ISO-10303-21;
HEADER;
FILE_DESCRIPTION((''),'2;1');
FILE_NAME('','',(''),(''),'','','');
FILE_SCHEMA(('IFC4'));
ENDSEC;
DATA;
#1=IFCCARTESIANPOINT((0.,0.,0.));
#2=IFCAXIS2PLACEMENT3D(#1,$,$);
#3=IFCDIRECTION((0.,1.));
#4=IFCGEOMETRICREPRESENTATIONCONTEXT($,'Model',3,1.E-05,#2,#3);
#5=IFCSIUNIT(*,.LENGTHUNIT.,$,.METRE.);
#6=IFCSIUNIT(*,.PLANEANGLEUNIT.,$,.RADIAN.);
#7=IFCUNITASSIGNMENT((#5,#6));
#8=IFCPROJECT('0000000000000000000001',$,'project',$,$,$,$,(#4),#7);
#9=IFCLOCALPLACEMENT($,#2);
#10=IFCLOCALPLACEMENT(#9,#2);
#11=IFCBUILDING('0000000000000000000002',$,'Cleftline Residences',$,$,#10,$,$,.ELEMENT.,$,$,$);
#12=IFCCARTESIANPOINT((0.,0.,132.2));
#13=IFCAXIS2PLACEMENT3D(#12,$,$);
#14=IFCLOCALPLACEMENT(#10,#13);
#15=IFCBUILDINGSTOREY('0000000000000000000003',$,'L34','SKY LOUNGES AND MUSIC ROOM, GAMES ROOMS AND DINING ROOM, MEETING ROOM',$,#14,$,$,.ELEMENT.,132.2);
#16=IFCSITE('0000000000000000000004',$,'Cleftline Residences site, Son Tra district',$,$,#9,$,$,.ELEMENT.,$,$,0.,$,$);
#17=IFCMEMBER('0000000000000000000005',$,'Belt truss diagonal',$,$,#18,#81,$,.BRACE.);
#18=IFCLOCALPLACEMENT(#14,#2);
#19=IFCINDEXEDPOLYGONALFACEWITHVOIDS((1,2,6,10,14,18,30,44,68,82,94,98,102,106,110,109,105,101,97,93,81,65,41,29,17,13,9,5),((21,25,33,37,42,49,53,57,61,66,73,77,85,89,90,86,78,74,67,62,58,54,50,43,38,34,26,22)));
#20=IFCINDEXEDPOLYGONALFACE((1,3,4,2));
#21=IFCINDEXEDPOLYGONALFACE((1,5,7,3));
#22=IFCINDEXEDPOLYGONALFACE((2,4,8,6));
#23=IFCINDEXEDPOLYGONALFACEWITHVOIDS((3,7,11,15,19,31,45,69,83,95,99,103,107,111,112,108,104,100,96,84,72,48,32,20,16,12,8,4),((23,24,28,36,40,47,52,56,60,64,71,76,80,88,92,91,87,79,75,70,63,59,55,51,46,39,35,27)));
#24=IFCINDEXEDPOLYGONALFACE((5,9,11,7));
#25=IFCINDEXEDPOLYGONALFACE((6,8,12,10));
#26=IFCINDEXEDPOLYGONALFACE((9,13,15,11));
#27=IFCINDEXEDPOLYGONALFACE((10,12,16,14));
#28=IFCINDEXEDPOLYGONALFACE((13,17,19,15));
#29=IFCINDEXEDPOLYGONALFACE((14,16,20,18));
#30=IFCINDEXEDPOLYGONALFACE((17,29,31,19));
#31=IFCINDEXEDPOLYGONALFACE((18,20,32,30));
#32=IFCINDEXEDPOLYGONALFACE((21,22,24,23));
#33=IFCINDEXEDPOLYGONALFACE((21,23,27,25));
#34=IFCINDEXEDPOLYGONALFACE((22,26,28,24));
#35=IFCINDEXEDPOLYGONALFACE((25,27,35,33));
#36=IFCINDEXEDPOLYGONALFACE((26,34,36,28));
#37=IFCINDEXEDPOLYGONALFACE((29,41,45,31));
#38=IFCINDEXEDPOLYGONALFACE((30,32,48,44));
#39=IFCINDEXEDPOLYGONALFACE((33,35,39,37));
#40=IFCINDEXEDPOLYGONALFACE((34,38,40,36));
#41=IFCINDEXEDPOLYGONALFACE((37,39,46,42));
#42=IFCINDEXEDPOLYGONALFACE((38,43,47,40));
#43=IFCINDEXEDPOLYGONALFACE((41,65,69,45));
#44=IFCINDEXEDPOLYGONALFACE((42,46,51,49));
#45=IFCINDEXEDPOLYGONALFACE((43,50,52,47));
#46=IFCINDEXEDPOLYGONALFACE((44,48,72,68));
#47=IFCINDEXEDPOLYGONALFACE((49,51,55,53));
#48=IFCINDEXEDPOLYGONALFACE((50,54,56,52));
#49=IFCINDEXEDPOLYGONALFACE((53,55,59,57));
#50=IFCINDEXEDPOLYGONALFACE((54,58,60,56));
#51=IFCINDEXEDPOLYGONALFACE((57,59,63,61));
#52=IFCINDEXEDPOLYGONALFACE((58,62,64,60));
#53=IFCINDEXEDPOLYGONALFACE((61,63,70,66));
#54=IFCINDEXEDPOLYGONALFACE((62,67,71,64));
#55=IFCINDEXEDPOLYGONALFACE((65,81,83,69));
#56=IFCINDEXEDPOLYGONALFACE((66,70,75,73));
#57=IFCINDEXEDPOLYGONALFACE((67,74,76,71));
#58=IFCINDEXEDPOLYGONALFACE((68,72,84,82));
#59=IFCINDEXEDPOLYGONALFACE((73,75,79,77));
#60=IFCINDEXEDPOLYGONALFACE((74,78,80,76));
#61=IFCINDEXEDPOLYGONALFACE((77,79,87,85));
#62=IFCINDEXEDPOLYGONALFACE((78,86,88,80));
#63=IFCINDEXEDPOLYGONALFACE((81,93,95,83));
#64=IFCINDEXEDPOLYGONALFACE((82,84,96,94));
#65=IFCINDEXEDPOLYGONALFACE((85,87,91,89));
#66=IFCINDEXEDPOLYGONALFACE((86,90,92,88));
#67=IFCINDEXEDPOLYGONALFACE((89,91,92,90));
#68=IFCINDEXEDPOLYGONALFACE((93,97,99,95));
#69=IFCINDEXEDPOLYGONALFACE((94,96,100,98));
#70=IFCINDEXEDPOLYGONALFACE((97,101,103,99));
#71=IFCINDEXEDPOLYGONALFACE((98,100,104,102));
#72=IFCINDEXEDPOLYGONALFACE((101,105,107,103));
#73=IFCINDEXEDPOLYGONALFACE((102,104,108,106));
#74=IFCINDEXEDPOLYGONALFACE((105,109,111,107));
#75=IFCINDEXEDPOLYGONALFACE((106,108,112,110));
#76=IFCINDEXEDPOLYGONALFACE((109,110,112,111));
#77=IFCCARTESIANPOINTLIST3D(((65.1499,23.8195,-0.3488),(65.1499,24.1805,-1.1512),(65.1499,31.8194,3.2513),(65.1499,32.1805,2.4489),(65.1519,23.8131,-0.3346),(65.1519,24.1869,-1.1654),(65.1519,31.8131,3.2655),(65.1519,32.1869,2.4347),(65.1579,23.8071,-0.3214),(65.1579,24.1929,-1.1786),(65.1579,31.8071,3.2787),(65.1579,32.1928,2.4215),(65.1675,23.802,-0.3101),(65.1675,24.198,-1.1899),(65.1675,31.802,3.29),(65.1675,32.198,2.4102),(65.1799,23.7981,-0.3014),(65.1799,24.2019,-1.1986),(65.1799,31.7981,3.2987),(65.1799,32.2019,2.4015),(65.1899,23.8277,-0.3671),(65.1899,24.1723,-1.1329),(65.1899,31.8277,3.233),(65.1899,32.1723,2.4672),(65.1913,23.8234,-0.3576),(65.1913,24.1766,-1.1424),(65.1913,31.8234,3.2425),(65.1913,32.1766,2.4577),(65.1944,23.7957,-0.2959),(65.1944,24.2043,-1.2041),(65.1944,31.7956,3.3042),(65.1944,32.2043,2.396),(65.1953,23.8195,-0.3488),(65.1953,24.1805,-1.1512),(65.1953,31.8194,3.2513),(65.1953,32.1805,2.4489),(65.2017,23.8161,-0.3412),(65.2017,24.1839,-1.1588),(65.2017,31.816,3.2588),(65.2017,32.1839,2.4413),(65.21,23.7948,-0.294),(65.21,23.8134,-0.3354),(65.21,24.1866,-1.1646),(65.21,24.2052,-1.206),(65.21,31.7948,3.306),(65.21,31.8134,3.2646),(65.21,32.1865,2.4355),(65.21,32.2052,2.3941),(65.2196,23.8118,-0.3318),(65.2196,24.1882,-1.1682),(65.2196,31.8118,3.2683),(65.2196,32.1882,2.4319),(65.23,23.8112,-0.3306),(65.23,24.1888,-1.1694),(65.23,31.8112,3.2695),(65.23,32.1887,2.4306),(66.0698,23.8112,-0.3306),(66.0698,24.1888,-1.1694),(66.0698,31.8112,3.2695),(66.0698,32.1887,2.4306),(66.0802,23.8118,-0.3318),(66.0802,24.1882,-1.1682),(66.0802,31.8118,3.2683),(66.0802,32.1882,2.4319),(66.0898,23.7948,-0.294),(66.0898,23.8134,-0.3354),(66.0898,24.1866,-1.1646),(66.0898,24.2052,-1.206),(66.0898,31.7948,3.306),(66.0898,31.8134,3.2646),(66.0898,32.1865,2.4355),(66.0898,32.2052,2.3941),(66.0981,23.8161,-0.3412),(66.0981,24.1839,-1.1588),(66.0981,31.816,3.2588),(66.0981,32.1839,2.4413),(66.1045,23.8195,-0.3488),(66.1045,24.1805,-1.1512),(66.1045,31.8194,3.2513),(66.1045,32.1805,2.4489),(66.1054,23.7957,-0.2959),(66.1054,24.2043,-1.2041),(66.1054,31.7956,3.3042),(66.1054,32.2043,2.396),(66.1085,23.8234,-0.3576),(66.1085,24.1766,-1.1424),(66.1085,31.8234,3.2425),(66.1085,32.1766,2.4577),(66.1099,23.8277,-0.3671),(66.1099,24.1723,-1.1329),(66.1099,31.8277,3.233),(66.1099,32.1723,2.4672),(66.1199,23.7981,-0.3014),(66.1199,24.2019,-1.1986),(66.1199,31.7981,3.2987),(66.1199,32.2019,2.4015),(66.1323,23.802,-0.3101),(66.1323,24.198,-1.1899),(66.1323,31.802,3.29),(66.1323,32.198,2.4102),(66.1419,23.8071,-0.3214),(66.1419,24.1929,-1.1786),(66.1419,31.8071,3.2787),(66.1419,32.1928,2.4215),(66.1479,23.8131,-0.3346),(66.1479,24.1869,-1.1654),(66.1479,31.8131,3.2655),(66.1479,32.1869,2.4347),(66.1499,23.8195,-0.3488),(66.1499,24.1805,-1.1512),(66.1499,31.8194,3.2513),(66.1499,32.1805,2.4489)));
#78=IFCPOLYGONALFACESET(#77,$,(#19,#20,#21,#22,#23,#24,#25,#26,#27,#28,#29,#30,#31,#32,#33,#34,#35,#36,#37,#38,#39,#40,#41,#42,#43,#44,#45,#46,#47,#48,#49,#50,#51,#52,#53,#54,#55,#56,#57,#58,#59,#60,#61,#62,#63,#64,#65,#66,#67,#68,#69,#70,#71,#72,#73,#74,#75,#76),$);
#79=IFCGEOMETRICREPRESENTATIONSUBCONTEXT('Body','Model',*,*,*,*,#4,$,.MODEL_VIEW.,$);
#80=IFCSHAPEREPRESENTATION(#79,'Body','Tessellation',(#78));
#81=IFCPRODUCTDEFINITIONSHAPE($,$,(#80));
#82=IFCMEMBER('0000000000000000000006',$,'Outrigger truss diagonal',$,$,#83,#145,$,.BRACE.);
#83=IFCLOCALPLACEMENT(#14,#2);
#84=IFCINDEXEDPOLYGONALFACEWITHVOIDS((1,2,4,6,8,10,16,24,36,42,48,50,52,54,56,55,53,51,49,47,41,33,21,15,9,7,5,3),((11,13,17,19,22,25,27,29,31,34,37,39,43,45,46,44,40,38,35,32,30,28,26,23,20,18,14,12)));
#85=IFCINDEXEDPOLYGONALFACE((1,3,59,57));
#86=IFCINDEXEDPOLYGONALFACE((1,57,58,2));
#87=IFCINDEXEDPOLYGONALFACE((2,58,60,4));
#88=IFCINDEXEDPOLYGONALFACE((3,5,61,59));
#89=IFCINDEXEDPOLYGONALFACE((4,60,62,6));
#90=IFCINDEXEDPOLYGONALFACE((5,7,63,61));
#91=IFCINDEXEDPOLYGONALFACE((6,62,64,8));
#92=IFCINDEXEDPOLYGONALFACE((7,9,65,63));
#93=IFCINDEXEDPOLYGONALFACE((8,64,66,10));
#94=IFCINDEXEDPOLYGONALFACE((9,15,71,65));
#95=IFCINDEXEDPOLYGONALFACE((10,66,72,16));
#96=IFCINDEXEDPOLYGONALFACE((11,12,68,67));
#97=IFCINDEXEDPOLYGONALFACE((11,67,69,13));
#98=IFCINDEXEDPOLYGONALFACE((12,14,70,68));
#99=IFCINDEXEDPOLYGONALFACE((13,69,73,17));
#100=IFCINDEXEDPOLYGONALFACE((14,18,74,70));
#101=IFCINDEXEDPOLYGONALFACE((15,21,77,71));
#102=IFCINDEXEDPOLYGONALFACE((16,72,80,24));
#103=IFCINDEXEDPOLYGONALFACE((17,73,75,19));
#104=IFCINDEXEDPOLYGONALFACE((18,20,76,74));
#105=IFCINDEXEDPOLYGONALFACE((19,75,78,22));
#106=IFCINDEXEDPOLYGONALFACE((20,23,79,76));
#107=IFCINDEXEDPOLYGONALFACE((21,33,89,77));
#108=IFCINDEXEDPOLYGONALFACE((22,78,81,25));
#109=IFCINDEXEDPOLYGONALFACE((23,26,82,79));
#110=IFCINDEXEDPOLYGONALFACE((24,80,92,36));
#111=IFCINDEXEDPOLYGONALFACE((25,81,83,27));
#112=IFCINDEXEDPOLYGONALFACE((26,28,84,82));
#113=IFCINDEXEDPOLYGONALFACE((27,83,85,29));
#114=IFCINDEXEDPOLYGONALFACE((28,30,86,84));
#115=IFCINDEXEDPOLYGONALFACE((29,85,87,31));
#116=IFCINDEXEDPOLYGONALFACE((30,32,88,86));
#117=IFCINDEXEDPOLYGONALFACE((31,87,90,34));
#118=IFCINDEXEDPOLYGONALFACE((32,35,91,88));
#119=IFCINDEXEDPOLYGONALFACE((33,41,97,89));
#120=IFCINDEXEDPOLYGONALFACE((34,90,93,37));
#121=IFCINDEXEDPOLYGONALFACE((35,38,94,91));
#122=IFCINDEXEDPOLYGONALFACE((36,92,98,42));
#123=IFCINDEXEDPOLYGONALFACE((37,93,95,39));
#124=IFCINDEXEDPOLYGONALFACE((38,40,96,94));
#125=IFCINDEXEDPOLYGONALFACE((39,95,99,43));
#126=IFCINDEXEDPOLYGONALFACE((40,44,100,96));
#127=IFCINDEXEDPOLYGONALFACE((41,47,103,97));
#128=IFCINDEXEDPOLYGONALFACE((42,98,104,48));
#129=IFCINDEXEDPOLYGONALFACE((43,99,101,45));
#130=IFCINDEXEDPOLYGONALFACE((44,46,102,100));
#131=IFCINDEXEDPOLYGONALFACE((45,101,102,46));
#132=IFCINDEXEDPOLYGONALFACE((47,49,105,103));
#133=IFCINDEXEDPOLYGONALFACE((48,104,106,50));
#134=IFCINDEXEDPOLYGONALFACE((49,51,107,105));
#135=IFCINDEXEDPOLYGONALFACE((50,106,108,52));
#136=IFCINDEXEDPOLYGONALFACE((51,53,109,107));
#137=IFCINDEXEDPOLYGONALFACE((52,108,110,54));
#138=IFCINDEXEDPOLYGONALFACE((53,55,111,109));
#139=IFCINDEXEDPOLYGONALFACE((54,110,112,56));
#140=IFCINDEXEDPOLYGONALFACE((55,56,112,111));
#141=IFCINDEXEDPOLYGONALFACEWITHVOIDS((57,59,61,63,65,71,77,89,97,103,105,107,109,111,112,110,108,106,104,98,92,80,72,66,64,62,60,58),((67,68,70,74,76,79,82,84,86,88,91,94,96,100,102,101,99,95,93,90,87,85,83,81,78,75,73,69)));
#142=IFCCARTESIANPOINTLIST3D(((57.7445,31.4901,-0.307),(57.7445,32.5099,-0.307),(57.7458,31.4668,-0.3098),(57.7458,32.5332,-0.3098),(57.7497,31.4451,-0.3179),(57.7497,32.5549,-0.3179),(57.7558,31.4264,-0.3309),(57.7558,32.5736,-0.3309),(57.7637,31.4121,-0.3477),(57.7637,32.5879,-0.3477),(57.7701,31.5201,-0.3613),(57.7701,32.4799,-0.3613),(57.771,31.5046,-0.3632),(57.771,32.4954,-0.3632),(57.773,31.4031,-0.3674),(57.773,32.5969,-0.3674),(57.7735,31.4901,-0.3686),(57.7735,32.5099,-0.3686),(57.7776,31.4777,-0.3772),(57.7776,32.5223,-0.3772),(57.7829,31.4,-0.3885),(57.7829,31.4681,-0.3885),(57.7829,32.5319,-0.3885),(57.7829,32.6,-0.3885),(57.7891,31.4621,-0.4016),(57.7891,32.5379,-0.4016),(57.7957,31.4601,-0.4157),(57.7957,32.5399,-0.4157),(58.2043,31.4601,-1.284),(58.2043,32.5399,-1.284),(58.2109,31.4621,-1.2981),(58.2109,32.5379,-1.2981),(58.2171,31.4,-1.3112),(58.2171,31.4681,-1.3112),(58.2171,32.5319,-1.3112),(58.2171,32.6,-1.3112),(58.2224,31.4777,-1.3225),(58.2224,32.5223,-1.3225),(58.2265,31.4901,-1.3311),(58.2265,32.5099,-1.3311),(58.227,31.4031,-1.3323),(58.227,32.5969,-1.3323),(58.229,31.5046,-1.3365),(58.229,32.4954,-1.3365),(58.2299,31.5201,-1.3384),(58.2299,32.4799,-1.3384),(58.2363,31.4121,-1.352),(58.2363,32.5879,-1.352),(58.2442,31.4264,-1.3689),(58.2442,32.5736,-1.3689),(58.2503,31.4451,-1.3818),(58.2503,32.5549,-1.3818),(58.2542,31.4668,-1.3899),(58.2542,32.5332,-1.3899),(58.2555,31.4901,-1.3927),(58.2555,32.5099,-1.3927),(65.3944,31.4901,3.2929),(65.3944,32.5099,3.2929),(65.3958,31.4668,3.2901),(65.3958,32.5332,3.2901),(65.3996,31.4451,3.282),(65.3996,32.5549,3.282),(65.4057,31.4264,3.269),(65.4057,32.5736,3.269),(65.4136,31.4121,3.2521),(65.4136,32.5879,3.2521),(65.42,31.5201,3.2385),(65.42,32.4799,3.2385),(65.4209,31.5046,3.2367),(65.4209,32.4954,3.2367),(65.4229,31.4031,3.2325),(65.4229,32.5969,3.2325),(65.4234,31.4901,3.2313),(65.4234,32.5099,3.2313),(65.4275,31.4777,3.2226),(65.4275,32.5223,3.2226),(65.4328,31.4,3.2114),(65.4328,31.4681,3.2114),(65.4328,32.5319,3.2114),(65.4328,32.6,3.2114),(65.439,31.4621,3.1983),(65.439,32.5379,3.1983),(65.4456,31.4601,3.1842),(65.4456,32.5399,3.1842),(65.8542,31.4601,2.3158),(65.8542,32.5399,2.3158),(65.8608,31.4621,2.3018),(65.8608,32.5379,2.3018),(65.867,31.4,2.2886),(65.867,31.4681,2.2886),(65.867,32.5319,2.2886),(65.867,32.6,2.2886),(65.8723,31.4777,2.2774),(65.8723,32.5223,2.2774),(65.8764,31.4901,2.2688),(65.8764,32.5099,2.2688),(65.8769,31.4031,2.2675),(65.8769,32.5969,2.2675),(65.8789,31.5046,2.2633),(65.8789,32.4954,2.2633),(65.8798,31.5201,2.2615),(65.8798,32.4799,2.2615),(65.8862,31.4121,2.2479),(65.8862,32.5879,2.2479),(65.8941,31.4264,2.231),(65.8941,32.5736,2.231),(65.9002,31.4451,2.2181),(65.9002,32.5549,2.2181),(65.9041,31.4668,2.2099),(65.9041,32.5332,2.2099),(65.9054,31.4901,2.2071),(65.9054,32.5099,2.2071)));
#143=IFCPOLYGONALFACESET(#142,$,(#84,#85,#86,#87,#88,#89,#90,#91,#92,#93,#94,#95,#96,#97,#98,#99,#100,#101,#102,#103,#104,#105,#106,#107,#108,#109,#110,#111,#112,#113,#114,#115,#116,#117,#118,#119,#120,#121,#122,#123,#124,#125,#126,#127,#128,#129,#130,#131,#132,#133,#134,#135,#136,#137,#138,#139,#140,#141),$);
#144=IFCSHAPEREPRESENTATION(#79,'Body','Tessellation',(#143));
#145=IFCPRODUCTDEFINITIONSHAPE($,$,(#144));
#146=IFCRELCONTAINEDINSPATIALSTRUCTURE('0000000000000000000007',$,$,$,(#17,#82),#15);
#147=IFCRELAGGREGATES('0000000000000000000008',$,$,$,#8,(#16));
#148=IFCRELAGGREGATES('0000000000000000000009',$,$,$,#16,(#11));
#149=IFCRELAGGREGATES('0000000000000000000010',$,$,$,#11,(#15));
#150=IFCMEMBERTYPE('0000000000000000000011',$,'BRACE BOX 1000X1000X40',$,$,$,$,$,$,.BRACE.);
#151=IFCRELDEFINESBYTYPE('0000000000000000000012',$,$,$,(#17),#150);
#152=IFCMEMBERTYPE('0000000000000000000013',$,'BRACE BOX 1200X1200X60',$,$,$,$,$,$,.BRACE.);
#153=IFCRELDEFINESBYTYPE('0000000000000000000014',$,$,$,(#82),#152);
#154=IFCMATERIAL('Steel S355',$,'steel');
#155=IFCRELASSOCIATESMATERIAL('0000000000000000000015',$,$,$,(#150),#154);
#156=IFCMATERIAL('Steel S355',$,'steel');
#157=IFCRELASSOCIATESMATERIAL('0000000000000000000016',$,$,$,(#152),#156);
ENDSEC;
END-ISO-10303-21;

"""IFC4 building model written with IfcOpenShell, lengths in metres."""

from ifc_helpers import new_model, si_unit, direction, frame, origin, origin_2d, place, context, subcontext, project, spatial, hollow_rectangle, extrude, material, material_profile, profile_set, type_object, element, save


model = new_model("IFC4")

# Units and contexts
model_context = context("Model", 3, precision=1e-05, world=origin(), true_north=direction((0.0, 1.0)))
body_context = subcontext(model_context, "Body", "Model", "MODEL_VIEW")
ifc_project = project(units=[si_unit("LENGTHUNIT", "METRE"), si_unit("PLANEANGLEUNIT", "RADIAN")], contexts=[model_context])

# Site, building, storey
site_placement = place(None, origin())
site = spatial("IfcSite", under=ifc_project, at=site_placement, Name="Cleftline Residences site, Son Tra district", CompositionType="ELEMENT", RefElevation=0.0)
building_placement = place(site_placement, origin())
building = spatial("IfcBuilding", under=site, at=building_placement, Name="Cleftline Residences", CompositionType="ELEMENT")
storey_placement = place(building_placement, frame((0.0, 0.0, 132.2)))
storey = spatial("IfcBuildingStorey", under=building, at=storey_placement, Name="L34", Description="SKY LOUNGES AND MUSIC ROOM, GAMES ROOMS AND DINING ROOM, MEETING ROOM", CompositionType="ELEMENT", Elevation=132.2)

# Members
ifc_material_1 = material(Name="Steel S355", Category="steel")
ifc_material_profile_1 = material_profile(ifc_material_1, hollow_rectangle(XDim=1.0, YDim=1.0, WallThickness=0.04, InnerFilletRadius=0.04, OuterFilletRadius=0.0601, at=origin_2d()))
ifc_profile_set_1 = profile_set([ifc_material_profile_1], Name="Steel S355")
member_type_1 = type_object("IfcMemberType", Name="BRACE BOX 1000X1000X40", PredefinedType="BRACE", material=ifc_profile_set_1)
for number, where, z_axis, x_axis, name in (
    (1, (65.6499, 24.0, -0.75), (0.0, 0.911917, 0.410374), (0.0, -0.410374, 0.911917), "Belt truss diagonal"),
):
    element("IfcMember", number, at=place(storey_placement, frame(where, z_axis=z_axis, x_axis=x_axis)), inside=storey, type_object=member_type_1, Name=name, PredefinedType="BRACE", context=body_context, shape_type="SweptSolid", body=[
        extrude(hollow_rectangle(XDim=1.0, YDim=1.0, WallThickness=0.04, InnerFilletRadius=0.04, OuterFilletRadius=0.0601, at=origin_2d()), origin(), (0.0, 0.0, 1.0), 8.7727),
    ])
ifc_material_2 = material(Name="Steel S355", Category="steel")
ifc_material_profile_2 = material_profile(ifc_material_2, hollow_rectangle(XDim=1.2, YDim=1.2, WallThickness=0.0601, InnerFilletRadius=0.0601, OuterFilletRadius=0.0901, at=origin_2d()))
ifc_profile_set_2 = profile_set([ifc_material_profile_2], Name="Steel S355")
member_type_2 = type_object("IfcMemberType", Name="BRACE BOX 1200X1200X60", PredefinedType="BRACE", material=ifc_profile_set_2)
member_1_placement = place(storey_placement, frame((58.0, 32.0, -0.8499), z_axis=(0.904823, 0.0, 0.425787), x_axis=(-0.425787, 0.0, 0.904823)))
element("IfcMember", 2, at=member_1_placement, inside=storey, type_object=member_type_2, Name="Outrigger truss diagonal", PredefinedType="BRACE", context=body_context, shape_type="SweptSolid", body=[
    extrude(hollow_rectangle(XDim=1.2, YDim=1.2, WallThickness=0.0601, InnerFilletRadius=0.0601, OuterFilletRadius=0.0901, at=origin_2d()), origin(), (0.0, 0.0, 1.0), 8.4546),
])

save(model, "model.ifc")
